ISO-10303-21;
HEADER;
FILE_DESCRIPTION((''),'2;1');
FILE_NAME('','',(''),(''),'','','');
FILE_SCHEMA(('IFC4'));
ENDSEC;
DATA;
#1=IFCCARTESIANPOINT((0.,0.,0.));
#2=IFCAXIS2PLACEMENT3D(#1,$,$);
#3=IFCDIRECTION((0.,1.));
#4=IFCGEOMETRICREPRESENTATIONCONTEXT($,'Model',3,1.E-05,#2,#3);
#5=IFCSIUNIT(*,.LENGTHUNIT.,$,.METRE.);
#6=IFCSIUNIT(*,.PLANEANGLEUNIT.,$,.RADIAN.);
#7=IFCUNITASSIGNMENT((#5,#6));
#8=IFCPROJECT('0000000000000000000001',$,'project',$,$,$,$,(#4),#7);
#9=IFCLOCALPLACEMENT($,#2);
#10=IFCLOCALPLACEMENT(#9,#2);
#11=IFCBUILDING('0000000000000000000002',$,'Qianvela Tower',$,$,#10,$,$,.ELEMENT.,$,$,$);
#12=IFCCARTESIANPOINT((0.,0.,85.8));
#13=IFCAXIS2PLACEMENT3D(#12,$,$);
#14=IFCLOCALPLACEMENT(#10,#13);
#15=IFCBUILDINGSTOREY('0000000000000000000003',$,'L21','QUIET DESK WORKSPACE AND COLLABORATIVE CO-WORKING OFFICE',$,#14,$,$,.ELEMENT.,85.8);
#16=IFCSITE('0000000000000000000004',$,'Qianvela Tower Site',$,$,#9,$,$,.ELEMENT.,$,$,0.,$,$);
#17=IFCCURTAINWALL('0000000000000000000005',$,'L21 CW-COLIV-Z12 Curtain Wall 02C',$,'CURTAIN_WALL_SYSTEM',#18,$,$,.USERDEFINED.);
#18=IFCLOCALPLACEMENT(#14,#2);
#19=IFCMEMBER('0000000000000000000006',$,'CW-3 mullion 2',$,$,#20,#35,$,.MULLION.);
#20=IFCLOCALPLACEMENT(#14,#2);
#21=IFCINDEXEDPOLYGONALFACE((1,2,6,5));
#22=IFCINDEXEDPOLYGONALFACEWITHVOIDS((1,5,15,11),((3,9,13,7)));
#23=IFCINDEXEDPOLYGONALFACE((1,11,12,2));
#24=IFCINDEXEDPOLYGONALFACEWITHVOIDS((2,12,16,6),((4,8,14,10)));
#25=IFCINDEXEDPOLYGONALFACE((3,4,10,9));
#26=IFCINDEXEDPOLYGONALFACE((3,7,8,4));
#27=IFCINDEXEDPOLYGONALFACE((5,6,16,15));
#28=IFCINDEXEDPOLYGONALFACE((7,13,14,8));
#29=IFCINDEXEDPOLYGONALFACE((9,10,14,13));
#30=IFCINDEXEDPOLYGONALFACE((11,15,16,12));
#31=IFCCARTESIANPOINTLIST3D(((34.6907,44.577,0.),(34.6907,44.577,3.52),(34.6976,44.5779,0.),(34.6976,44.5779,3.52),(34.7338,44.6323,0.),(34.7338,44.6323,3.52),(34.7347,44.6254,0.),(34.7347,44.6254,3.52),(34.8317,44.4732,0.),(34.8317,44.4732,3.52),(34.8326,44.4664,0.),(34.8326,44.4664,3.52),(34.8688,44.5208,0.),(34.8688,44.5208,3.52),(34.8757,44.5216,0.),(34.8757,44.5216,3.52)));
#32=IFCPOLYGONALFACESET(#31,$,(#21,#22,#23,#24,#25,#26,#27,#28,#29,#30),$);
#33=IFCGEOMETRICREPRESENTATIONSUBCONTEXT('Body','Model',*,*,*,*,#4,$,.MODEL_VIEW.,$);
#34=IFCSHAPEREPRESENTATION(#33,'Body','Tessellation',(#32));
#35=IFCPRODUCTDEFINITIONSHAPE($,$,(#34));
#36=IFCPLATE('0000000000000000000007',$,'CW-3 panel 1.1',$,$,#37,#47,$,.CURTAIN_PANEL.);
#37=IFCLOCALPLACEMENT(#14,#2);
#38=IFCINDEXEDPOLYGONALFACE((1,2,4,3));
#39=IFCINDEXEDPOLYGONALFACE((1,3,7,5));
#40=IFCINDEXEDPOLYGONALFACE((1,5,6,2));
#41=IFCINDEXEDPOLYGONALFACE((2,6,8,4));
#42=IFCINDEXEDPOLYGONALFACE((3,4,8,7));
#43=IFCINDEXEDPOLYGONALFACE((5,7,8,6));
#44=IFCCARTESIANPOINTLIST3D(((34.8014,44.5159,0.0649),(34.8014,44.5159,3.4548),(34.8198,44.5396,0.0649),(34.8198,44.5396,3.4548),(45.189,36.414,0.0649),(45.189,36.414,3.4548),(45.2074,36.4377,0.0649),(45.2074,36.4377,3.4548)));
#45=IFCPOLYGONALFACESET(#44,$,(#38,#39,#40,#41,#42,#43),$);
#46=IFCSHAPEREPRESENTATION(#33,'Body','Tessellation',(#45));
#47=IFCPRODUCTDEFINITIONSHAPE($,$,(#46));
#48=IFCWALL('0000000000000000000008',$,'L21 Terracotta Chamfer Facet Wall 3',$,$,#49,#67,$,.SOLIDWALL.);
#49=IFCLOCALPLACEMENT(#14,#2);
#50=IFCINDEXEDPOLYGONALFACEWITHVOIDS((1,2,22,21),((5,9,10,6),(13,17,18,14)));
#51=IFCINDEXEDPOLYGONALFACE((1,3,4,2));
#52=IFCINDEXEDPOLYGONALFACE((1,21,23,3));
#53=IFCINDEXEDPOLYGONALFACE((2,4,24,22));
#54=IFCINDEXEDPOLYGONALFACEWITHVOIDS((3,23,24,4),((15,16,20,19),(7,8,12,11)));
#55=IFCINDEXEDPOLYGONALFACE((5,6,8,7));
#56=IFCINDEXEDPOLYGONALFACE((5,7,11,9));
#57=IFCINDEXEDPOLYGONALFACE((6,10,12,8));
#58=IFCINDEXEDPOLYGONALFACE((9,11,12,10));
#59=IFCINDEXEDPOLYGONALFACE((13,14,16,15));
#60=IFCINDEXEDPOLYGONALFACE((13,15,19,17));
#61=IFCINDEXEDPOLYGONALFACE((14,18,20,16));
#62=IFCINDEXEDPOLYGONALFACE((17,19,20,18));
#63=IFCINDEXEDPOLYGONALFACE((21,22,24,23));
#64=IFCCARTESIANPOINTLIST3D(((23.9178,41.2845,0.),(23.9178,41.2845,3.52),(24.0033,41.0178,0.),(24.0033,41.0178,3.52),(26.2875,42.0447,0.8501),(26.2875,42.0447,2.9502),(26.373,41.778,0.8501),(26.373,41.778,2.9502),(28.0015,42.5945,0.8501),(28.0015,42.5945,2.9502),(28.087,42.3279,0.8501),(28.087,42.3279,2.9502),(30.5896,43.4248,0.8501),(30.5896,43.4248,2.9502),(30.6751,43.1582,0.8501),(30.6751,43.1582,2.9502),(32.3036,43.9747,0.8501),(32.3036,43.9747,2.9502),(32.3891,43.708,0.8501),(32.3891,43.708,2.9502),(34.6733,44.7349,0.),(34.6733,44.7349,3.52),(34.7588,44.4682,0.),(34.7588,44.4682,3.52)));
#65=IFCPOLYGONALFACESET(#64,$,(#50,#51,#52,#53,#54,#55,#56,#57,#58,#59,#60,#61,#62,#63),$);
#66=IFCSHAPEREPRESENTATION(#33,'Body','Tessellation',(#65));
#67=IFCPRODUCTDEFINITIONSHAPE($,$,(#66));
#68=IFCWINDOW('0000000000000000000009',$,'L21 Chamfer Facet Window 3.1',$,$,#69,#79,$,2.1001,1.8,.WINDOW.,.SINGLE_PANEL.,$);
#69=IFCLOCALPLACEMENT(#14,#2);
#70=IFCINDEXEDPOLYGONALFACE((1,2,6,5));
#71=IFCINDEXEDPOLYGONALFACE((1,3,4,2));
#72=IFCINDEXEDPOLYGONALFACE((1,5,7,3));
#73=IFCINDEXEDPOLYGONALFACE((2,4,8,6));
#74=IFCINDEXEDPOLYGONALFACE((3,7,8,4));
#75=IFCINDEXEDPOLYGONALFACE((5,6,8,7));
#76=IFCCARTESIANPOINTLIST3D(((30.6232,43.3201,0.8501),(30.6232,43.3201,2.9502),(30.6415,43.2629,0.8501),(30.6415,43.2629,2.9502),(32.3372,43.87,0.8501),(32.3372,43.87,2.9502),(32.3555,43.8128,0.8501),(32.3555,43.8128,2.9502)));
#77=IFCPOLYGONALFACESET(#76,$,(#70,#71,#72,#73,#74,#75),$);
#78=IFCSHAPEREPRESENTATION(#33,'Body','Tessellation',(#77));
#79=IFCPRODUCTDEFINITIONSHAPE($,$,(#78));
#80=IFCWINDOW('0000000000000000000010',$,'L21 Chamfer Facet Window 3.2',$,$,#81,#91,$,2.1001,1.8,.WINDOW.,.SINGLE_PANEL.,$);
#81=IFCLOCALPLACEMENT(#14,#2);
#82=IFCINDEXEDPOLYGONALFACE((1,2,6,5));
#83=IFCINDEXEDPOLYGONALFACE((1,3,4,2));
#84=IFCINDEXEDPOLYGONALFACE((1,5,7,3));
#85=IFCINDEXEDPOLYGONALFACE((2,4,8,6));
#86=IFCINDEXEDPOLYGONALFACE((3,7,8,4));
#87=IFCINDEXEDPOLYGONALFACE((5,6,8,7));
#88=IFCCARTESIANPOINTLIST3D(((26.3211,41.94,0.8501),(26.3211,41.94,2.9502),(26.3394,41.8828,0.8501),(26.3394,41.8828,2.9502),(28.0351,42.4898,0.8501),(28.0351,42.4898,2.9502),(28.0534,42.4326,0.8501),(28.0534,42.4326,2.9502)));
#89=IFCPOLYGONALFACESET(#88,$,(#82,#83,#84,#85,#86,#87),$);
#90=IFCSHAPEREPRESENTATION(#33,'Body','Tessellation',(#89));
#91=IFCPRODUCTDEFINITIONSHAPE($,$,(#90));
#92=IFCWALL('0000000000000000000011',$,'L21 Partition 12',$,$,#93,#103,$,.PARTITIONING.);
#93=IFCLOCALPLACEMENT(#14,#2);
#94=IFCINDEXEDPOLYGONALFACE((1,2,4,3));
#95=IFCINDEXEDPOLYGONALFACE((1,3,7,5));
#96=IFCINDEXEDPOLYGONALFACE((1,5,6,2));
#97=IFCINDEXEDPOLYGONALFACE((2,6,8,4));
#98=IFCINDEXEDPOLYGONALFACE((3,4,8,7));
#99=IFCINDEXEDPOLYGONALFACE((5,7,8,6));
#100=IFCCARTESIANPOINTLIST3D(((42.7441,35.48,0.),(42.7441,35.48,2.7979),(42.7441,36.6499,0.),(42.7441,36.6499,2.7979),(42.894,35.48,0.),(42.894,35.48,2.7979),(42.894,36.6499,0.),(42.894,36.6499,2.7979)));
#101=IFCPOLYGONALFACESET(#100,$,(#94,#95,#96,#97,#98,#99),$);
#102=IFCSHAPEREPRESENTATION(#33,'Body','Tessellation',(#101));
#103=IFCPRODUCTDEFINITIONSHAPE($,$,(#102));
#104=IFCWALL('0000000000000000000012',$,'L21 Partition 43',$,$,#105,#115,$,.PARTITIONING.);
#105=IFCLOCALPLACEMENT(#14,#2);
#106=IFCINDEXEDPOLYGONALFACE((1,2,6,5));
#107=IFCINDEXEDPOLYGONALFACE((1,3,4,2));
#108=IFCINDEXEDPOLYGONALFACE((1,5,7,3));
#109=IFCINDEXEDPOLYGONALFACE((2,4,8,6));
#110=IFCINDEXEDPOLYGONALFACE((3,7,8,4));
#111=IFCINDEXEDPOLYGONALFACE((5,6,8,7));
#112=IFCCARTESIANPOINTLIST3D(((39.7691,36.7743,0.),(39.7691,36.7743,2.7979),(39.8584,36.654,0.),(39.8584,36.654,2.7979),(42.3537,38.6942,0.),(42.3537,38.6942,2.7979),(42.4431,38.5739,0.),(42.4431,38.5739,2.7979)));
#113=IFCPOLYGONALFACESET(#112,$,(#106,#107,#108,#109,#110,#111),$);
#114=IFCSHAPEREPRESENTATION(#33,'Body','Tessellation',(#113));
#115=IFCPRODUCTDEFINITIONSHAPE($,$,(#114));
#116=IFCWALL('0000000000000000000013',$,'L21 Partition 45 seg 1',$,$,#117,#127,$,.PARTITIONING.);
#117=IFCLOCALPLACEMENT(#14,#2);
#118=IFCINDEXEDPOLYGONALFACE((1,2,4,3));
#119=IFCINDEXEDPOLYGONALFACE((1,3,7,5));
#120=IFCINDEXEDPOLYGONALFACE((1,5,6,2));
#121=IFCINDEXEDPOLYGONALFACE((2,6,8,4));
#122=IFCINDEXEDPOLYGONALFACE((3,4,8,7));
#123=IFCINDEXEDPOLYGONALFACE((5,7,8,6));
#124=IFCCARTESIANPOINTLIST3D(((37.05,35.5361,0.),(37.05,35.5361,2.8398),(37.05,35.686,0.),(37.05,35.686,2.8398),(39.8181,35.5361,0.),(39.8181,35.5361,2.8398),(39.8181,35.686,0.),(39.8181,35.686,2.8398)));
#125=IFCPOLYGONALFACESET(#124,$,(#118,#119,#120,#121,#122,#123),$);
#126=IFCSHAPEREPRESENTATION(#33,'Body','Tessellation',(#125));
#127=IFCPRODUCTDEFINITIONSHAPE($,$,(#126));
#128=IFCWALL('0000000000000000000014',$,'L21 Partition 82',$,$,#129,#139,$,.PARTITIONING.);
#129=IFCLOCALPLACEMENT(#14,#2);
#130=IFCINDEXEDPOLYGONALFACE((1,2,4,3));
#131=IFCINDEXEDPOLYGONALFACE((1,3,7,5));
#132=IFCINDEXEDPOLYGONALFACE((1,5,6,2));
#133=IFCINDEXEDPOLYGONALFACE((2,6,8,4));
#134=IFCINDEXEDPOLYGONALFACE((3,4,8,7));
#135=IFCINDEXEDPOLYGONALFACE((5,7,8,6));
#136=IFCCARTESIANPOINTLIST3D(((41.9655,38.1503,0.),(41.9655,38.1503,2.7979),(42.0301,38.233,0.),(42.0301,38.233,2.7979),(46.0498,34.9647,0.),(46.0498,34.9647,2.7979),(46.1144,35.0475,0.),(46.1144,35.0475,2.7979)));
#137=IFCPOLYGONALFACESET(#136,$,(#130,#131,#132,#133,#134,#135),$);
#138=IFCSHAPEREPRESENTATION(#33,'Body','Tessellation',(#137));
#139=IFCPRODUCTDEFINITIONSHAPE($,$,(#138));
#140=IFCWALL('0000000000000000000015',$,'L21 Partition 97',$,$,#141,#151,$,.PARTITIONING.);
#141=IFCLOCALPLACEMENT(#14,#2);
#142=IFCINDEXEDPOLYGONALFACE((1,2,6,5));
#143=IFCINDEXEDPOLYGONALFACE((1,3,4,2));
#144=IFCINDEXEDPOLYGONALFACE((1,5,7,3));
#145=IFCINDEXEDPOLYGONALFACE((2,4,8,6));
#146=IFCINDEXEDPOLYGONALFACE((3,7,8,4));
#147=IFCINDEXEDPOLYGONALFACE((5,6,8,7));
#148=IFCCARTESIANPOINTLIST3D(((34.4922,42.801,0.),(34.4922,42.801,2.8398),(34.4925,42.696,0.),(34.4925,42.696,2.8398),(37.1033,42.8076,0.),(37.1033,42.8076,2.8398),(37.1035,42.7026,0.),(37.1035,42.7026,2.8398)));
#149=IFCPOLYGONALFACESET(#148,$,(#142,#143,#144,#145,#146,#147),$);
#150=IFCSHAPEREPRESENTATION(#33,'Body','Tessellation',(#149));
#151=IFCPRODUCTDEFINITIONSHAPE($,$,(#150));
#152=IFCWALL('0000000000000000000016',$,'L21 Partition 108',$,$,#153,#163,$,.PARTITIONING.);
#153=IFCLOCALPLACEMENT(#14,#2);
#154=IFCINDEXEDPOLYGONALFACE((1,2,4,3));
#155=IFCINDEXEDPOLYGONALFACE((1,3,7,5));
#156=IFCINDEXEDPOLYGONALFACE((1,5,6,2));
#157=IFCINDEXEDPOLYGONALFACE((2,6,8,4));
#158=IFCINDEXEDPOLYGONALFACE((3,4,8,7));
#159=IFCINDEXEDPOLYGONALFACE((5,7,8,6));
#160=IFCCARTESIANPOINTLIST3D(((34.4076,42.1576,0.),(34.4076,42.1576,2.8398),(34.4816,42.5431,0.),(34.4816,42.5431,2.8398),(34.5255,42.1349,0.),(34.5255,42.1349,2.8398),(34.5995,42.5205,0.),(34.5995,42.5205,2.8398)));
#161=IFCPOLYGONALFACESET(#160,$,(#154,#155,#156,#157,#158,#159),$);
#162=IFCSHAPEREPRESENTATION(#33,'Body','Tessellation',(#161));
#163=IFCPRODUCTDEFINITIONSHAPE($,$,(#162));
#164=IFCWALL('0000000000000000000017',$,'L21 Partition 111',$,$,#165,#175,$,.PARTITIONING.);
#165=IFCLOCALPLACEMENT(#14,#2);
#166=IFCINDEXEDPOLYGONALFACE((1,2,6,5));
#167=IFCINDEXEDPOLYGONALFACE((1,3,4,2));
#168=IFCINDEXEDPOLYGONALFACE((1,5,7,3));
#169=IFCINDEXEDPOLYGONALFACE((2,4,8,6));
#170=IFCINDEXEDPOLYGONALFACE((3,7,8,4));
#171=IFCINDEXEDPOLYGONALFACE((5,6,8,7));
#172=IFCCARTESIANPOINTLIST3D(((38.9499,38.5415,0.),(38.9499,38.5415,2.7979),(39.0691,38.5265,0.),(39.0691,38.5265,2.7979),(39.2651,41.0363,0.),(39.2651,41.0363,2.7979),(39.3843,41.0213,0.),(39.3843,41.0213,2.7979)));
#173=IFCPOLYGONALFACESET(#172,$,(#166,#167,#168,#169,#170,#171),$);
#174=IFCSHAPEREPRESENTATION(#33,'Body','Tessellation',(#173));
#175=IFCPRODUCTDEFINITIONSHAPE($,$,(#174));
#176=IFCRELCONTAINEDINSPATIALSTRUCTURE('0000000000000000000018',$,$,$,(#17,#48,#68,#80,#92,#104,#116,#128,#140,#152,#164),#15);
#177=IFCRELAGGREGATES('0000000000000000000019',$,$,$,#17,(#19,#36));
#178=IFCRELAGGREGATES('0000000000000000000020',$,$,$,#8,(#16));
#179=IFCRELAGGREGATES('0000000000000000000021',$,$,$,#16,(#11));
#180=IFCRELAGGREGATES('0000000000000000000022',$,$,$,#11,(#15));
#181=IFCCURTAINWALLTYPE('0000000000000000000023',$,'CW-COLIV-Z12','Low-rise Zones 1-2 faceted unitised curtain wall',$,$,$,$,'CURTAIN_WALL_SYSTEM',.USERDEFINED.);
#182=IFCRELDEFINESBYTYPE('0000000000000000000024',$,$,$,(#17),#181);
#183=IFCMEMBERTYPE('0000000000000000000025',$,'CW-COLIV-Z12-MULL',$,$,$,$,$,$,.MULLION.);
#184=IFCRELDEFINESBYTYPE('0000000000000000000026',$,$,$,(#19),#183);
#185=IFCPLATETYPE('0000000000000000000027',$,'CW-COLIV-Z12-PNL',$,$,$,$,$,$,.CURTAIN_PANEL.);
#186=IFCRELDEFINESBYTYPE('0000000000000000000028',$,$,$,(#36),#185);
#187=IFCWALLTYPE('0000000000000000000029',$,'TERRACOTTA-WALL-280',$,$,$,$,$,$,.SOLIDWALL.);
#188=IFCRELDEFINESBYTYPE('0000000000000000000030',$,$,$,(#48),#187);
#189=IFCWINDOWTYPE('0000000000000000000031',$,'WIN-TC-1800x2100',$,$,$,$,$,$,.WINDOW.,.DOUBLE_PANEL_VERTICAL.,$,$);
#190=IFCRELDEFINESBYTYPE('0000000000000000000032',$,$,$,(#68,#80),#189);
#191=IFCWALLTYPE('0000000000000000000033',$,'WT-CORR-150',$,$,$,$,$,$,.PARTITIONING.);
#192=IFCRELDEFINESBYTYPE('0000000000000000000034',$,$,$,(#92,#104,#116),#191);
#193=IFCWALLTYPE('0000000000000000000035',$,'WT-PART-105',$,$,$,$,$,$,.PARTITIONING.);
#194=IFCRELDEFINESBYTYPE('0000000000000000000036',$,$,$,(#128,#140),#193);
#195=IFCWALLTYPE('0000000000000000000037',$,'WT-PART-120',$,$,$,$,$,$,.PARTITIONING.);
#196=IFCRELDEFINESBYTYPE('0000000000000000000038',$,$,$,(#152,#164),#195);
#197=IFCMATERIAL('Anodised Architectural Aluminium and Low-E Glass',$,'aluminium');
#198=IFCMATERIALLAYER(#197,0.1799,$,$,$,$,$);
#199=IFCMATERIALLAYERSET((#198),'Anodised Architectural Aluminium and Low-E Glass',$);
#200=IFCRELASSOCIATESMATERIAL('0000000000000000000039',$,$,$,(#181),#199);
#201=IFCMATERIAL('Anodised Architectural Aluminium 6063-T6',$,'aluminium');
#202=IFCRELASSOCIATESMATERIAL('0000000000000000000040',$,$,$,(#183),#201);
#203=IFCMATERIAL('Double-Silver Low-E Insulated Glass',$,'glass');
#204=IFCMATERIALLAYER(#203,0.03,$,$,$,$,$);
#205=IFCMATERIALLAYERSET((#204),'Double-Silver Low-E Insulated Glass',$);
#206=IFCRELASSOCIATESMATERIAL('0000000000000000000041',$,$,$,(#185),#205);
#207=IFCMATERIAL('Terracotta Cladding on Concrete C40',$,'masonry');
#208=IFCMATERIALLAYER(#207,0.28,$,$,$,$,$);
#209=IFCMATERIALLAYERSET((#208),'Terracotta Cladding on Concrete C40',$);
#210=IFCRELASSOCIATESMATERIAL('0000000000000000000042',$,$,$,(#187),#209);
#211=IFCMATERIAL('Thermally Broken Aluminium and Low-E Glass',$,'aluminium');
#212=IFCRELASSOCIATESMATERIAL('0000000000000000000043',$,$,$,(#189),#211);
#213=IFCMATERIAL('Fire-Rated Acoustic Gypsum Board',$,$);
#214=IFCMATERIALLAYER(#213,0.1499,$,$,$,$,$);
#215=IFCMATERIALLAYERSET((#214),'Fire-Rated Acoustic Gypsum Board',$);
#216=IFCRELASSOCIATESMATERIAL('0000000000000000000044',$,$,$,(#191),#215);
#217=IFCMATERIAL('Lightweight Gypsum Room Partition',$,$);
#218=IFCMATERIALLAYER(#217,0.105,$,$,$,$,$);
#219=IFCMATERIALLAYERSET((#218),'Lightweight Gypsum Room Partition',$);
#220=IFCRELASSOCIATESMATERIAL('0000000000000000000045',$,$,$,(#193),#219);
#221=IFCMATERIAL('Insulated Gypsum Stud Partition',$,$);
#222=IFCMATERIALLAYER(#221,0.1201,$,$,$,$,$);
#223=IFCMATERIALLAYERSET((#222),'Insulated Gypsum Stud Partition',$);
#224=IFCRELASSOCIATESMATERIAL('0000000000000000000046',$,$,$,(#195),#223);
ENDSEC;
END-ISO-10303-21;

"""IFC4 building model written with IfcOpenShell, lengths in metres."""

from ifc_helpers import new_model, si_unit, direction, frame, frame_2d, origin, origin_2d, place, context, subcontext, project, spatial, rectangle, hollow_rectangle, extrude, material, layer, layer_set, material_profile, profile_set, type_object, element, fill, aggregate, save


model = new_model("IFC4")

# Units and contexts
model_context = context("Model", 3, precision=1e-05, world=origin(), true_north=direction((0.0, 1.0)))
body_context = subcontext(model_context, "Body", "Model", "MODEL_VIEW")
ifc_project = project(units=[si_unit("LENGTHUNIT", "METRE"), si_unit("PLANEANGLEUNIT", "RADIAN")], contexts=[model_context])

# Site, building, storey
site_placement = place(None, origin())
site = spatial("IfcSite", under=ifc_project, at=site_placement, Name="Qianvela Tower Site", CompositionType="ELEMENT", RefElevation=0.0)
building_placement = place(site_placement, origin())
building = spatial("IfcBuilding", under=site, at=building_placement, Name="Qianvela Tower", CompositionType="ELEMENT")
storey_placement = place(building_placement, frame((0.0, 0.0, 85.8)))
storey = spatial("IfcBuildingStorey", under=building, at=storey_placement, Name="L21", Description="QUIET DESK WORKSPACE AND COLLABORATIVE CO-WORKING OFFICE", CompositionType="ELEMENT", Elevation=85.8)

# Curtain wall, member, plate
ifc_material_1 = material(Name="Anodised Architectural Aluminium and Low-E Glass", Category="aluminium")
ifc_layer_1 = layer(ifc_material_1, 0.1799)
ifc_layer_set_1 = layer_set([ifc_layer_1], Name="Anodised Architectural Aluminium and Low-E Glass")
curtain_wall_type = type_object("IfcCurtainWallType", Name="CW-COLIV-Z12", Description="Low-rise Zones 1-2 faceted unitised curtain wall", ElementType="CURTAIN_WALL_SYSTEM", PredefinedType="USERDEFINED", material=ifc_layer_set_1)
curtain_wall_placement = place(storey_placement, origin())
curtain_wall = element("IfcCurtainWall", 1, at=curtain_wall_placement, inside=storey, type_object=curtain_wall_type, Name="L21 CW-COLIV-Z12 Curtain Wall 02C", ObjectType="CURTAIN_WALL_SYSTEM", PredefinedType="USERDEFINED")
ifc_material_2 = material(Name="Anodised Architectural Aluminium 6063-T6", Category="aluminium")
ifc_material_profile = material_profile(ifc_material_2, hollow_rectangle(XDim=0.0701, YDim=0.1799, WallThickness=0.0049, at=origin_2d()), Name="ALU-MULL-70x180")
ifc_profile_set = profile_set([ifc_material_profile], Name="Anodised Architectural Aluminium 6063-T6")
member_type = type_object("IfcMemberType", Name="CW-COLIV-Z12-MULL", PredefinedType="MULLION", material=ifc_profile_set)
member_placement = place(storey_placement, frame((34.7832, 44.5493, 0.0), z_axis=(0.0, 0.0, 1.0), x_axis=(-0.615011, -0.788518, 0.0)))
member = element("IfcMember", 2, at=member_placement, type_object=member_type, Name="CW-3 mullion 2", PredefinedType="MULLION", context=body_context, shape_type="SweptSolid", body=[
    extrude(hollow_rectangle(XDim=0.0701, YDim=0.1799, WallThickness=0.0049, at=origin_2d()), origin(), (0.0, 0.0, 1.0), 3.52),
])
ifc_material_3 = material(Name="Double-Silver Low-E Insulated Glass", Category="glass")
ifc_layer_2 = layer(ifc_material_3, 0.03)
ifc_layer_set_2 = layer_set([ifc_layer_2], Name="Double-Silver Low-E Insulated Glass")
plate_type = type_object("IfcPlateType", Name="CW-COLIV-Z12-PNL", PredefinedType="CURTAIN_PANEL", material=ifc_layer_set_2)
plate_placement = place(storey_placement, frame((40.0044, 40.4768, 0.0649), z_axis=(0.0, 0.0, 1.0), x_axis=(-0.788518, 0.615011, 0.0)))
plate = element("IfcPlate", 3, at=plate_placement, type_object=plate_type, Name="CW-3 panel 1.1", PredefinedType="CURTAIN_PANEL", context=body_context, shape_type="SweptSolid", body=[
    extrude(rectangle(XDim=13.1736, YDim=0.03, at=origin_2d()), origin(), (0.0, 0.0, 1.0), 3.3899),
])
aggregate(curtain_wall, [member, plate])

# Wall, openings, windows
ifc_material_4 = material(Name="Terracotta Cladding on Concrete C40", Category="masonry")
ifc_layer_3 = layer(ifc_material_4, 0.28)
ifc_layer_set_3 = layer_set([ifc_layer_3], Name="Terracotta Cladding on Concrete C40")
wall_type_1 = type_object("IfcWallType", Name="TERRACOTTA-WALL-280", PredefinedType="SOLIDWALL", material=ifc_layer_set_3)
wall_1_placement = place(storey_placement, frame((34.7161, 44.6016, 0.0), z_axis=(0.0, 0.0, 1.0), x_axis=(-0.952202, -0.30547, 0.0)))
wall_1 = element("IfcWall", 4, at=wall_1_placement, inside=storey, type_object=wall_type_1, Name="L21 Terracotta Chamfer Facet Wall 3", PredefinedType="SOLIDWALL", context=body_context, shape_type="SweptSolid", body=[
    extrude(rectangle(XDim=11.2954, YDim=0.28, at=frame_2d((5.6477, 0.0))), origin(), (0.0, 0.0, 1.0), 3.52),
])
opening_1_placement = place(wall_1_placement, frame((2.4888, 0.0, 0.8501)))
opening_1 = element("IfcOpeningElement", 5, at=opening_1_placement, cuts=wall_1, PredefinedType="OPENING", context=body_context, shape_type="SweptSolid", body=[
    extrude(rectangle(XDim=1.8, YDim=2.1001, at=frame_2d((0.8999, 1.05))), frame((0.0, 0.1499, 0.0), z_axis=(0.0, -1.0, 0.0), x_axis=(1.0, 0.0, 0.0)), (0.0, 0.0, 1.0), 0.3),
])
opening_2_placement = place(wall_1_placement, frame((7.0068, 0.0, 0.8501)))
opening_2 = element("IfcOpeningElement", 6, at=opening_2_placement, cuts=wall_1, PredefinedType="OPENING", context=body_context, shape_type="SweptSolid", body=[
    extrude(rectangle(XDim=1.8, YDim=2.1001, at=frame_2d((0.8999, 1.05))), frame((0.0, 0.1499, 0.0), z_axis=(0.0, -1.0, 0.0), x_axis=(1.0, 0.0, 0.0)), (0.0, 0.0, 1.0), 0.3),
])
ifc_material_5 = material(Name="Thermally Broken Aluminium and Low-E Glass", Category="aluminium")
window_type = type_object("IfcWindowType", Name="WIN-TC-1800x2100", PartitioningType="DOUBLE_PANEL_VERTICAL", PredefinedType="WINDOW", material=ifc_material_5)
window_1_placement = place(opening_1_placement, origin())
window_1 = element("IfcWindow", 7, at=window_1_placement, inside=storey, type_object=window_type, Name="L21 Chamfer Facet Window 3.1", OverallHeight=2.1001, OverallWidth=1.8, PartitioningType="SINGLE_PANEL", PredefinedType="WINDOW", context=body_context, shape_type="SweptSolid", body=[
    extrude(rectangle(XDim=1.8, YDim=2.1001, at=frame_2d((0.8999, 1.05))), frame((0.0, 0.03, 0.0), z_axis=(0.0, -1.0, 0.0), x_axis=(1.0, 0.0, 0.0)), (0.0, 0.0, 1.0), 0.0601),
])
fill(opening_1, window_1)
window_2_placement = place(opening_2_placement, origin())
window_2 = element("IfcWindow", 8, at=window_2_placement, inside=storey, type_object=window_type, Name="L21 Chamfer Facet Window 3.2", OverallHeight=2.1001, OverallWidth=1.8, PartitioningType="SINGLE_PANEL", PredefinedType="WINDOW", context=body_context, shape_type="SweptSolid", body=[
    extrude(rectangle(XDim=1.8, YDim=2.1001, at=frame_2d((0.8999, 1.05))), frame((0.0, 0.03, 0.0), z_axis=(0.0, -1.0, 0.0), x_axis=(1.0, 0.0, 0.0)), (0.0, 0.0, 1.0), 0.0601),
])
fill(opening_2, window_2)

# Shared definitions
ifc_material_6 = material(Name="Fire-Rated Acoustic Gypsum Board")
ifc_layer_4 = layer(ifc_material_6, 0.1499)
ifc_layer_set_4 = layer_set([ifc_layer_4], Name="Fire-Rated Acoustic Gypsum Board")
wall_type_2 = type_object("IfcWallType", Name="WT-CORR-150", PredefinedType="PARTITIONING", material=ifc_layer_set_4)

# Walls
wall_2_placement = place(storey_placement, frame((42.8191, 36.6499, 0.0), z_axis=(0.0, 0.0, 1.0), x_axis=(0.0, -1.0, 0.0)))
element("IfcWall", 9, at=wall_2_placement, inside=storey, type_object=wall_type_2, Name="L21 Partition 12", PredefinedType="PARTITIONING", context=body_context, shape_type="SweptSolid", body=[
    extrude(rectangle(XDim=1.1699, YDim=0.1499, at=frame_2d((0.585, 0.0))), origin(), (0.0, 0.0, 1.0), 2.7979),
])
wall_3_placement = place(storey_placement, frame((42.3984, 38.634, 0.0), z_axis=(0.0, 0.0, 1.0), x_axis=(-0.802767, -0.596293, 0.0)))
element("IfcWall", 10, at=wall_3_placement, inside=storey, type_object=wall_type_2, Name="L21 Partition 43", PredefinedType="PARTITIONING", context=body_context, shape_type="SweptSolid", body=[
    extrude(rectangle(XDim=3.2197, YDim=0.1499, at=frame_2d((1.6099, 0.0))), origin(), (0.0, 0.0, 1.0), 2.7979),
])
wall_4_placement = place(storey_placement, frame((39.8181, 35.6111, 0.0), z_axis=(0.0, 0.0, 1.0), x_axis=(-1.0, 0.0, 0.0)))
element("IfcWall", 11, at=wall_4_placement, inside=storey, type_object=wall_type_2, Name="L21 Partition 45 seg 1", PredefinedType="PARTITIONING", context=body_context, shape_type="SweptSolid", body=[
    extrude(rectangle(XDim=2.7681, YDim=0.1499, at=frame_2d((1.384, 0.0))), origin(), (0.0, 0.0, 1.0), 2.8398),
])
ifc_material_7 = material(Name="Lightweight Gypsum Room Partition")
ifc_layer_5 = layer(ifc_material_7, 0.105)
ifc_layer_set_5 = layer_set([ifc_layer_5], Name="Lightweight Gypsum Room Partition")
wall_type_3 = type_object("IfcWallType", Name="WT-PART-105", PredefinedType="PARTITIONING", material=ifc_layer_set_5)
wall_5_placement = place(storey_placement, frame((41.9978, 38.1917, 0.0), z_axis=(0.0, 0.0, 1.0), x_axis=(0.788516, -0.615014, 0.0)))
element("IfcWall", 12, at=wall_5_placement, inside=storey, type_object=wall_type_3, Name="L21 Partition 82", PredefinedType="PARTITIONING", context=body_context, shape_type="SweptSolid", body=[
    extrude(rectangle(XDim=5.1797, YDim=0.105, at=frame_2d((2.5898, 0.0))), origin(), (0.0, 0.0, 1.0), 2.7979),
])
wall_6_placement = place(storey_placement, frame((37.1035, 42.7551, 0.0), z_axis=(0.0, 0.0, 1.0), x_axis=(-0.999997, -0.002525, 0.0)))
element("IfcWall", 13, at=wall_6_placement, inside=storey, type_object=wall_type_3, Name="L21 Partition 97", PredefinedType="PARTITIONING", context=body_context, shape_type="SweptSolid", body=[
    extrude(rectangle(XDim=2.6111, YDim=0.105, at=frame_2d((1.3057, 0.0))), origin(), (0.0, 0.0, 1.0), 2.8398),
])
ifc_material_8 = material(Name="Insulated Gypsum Stud Partition")
ifc_layer_6 = layer(ifc_material_8, 0.1201)
ifc_layer_set_6 = layer_set([ifc_layer_6], Name="Insulated Gypsum Stud Partition")
wall_type_4 = type_object("IfcWallType", Name="WT-PART-120", PredefinedType="PARTITIONING", material=ifc_layer_set_6)
wall_7_placement = place(storey_placement, frame((34.4666, 42.1462, 0.0), z_axis=(0.0, 0.0, 1.0), x_axis=(0.188455, 0.982082, 0.0)))
element("IfcWall", 14, at=wall_7_placement, inside=storey, type_object=wall_type_4, Name="L21 Partition 108", PredefinedType="PARTITIONING", context=body_context, shape_type="SweptSolid", body=[
    extrude(rectangle(XDim=0.3926, YDim=0.1201, at=frame_2d((0.1963, 0.0))), origin(), (0.0, 0.0, 1.0), 2.8398),
])
wall_8_placement = place(storey_placement, frame((39.3247, 41.0288, 0.0), z_axis=(0.0, 0.0, 1.0), x_axis=(-0.125337, -0.992114, 0.0)))
element("IfcWall", 15, at=wall_8_placement, inside=storey, type_object=wall_type_4, Name="L21 Partition 111", PredefinedType="PARTITIONING", context=body_context, shape_type="SweptSolid", body=[
    extrude(rectangle(XDim=2.5146, YDim=0.1201, at=frame_2d((1.2573, 0.0))), origin(), (0.0, 0.0, 1.0), 2.7979),
])

save(model, "model.ifc")
